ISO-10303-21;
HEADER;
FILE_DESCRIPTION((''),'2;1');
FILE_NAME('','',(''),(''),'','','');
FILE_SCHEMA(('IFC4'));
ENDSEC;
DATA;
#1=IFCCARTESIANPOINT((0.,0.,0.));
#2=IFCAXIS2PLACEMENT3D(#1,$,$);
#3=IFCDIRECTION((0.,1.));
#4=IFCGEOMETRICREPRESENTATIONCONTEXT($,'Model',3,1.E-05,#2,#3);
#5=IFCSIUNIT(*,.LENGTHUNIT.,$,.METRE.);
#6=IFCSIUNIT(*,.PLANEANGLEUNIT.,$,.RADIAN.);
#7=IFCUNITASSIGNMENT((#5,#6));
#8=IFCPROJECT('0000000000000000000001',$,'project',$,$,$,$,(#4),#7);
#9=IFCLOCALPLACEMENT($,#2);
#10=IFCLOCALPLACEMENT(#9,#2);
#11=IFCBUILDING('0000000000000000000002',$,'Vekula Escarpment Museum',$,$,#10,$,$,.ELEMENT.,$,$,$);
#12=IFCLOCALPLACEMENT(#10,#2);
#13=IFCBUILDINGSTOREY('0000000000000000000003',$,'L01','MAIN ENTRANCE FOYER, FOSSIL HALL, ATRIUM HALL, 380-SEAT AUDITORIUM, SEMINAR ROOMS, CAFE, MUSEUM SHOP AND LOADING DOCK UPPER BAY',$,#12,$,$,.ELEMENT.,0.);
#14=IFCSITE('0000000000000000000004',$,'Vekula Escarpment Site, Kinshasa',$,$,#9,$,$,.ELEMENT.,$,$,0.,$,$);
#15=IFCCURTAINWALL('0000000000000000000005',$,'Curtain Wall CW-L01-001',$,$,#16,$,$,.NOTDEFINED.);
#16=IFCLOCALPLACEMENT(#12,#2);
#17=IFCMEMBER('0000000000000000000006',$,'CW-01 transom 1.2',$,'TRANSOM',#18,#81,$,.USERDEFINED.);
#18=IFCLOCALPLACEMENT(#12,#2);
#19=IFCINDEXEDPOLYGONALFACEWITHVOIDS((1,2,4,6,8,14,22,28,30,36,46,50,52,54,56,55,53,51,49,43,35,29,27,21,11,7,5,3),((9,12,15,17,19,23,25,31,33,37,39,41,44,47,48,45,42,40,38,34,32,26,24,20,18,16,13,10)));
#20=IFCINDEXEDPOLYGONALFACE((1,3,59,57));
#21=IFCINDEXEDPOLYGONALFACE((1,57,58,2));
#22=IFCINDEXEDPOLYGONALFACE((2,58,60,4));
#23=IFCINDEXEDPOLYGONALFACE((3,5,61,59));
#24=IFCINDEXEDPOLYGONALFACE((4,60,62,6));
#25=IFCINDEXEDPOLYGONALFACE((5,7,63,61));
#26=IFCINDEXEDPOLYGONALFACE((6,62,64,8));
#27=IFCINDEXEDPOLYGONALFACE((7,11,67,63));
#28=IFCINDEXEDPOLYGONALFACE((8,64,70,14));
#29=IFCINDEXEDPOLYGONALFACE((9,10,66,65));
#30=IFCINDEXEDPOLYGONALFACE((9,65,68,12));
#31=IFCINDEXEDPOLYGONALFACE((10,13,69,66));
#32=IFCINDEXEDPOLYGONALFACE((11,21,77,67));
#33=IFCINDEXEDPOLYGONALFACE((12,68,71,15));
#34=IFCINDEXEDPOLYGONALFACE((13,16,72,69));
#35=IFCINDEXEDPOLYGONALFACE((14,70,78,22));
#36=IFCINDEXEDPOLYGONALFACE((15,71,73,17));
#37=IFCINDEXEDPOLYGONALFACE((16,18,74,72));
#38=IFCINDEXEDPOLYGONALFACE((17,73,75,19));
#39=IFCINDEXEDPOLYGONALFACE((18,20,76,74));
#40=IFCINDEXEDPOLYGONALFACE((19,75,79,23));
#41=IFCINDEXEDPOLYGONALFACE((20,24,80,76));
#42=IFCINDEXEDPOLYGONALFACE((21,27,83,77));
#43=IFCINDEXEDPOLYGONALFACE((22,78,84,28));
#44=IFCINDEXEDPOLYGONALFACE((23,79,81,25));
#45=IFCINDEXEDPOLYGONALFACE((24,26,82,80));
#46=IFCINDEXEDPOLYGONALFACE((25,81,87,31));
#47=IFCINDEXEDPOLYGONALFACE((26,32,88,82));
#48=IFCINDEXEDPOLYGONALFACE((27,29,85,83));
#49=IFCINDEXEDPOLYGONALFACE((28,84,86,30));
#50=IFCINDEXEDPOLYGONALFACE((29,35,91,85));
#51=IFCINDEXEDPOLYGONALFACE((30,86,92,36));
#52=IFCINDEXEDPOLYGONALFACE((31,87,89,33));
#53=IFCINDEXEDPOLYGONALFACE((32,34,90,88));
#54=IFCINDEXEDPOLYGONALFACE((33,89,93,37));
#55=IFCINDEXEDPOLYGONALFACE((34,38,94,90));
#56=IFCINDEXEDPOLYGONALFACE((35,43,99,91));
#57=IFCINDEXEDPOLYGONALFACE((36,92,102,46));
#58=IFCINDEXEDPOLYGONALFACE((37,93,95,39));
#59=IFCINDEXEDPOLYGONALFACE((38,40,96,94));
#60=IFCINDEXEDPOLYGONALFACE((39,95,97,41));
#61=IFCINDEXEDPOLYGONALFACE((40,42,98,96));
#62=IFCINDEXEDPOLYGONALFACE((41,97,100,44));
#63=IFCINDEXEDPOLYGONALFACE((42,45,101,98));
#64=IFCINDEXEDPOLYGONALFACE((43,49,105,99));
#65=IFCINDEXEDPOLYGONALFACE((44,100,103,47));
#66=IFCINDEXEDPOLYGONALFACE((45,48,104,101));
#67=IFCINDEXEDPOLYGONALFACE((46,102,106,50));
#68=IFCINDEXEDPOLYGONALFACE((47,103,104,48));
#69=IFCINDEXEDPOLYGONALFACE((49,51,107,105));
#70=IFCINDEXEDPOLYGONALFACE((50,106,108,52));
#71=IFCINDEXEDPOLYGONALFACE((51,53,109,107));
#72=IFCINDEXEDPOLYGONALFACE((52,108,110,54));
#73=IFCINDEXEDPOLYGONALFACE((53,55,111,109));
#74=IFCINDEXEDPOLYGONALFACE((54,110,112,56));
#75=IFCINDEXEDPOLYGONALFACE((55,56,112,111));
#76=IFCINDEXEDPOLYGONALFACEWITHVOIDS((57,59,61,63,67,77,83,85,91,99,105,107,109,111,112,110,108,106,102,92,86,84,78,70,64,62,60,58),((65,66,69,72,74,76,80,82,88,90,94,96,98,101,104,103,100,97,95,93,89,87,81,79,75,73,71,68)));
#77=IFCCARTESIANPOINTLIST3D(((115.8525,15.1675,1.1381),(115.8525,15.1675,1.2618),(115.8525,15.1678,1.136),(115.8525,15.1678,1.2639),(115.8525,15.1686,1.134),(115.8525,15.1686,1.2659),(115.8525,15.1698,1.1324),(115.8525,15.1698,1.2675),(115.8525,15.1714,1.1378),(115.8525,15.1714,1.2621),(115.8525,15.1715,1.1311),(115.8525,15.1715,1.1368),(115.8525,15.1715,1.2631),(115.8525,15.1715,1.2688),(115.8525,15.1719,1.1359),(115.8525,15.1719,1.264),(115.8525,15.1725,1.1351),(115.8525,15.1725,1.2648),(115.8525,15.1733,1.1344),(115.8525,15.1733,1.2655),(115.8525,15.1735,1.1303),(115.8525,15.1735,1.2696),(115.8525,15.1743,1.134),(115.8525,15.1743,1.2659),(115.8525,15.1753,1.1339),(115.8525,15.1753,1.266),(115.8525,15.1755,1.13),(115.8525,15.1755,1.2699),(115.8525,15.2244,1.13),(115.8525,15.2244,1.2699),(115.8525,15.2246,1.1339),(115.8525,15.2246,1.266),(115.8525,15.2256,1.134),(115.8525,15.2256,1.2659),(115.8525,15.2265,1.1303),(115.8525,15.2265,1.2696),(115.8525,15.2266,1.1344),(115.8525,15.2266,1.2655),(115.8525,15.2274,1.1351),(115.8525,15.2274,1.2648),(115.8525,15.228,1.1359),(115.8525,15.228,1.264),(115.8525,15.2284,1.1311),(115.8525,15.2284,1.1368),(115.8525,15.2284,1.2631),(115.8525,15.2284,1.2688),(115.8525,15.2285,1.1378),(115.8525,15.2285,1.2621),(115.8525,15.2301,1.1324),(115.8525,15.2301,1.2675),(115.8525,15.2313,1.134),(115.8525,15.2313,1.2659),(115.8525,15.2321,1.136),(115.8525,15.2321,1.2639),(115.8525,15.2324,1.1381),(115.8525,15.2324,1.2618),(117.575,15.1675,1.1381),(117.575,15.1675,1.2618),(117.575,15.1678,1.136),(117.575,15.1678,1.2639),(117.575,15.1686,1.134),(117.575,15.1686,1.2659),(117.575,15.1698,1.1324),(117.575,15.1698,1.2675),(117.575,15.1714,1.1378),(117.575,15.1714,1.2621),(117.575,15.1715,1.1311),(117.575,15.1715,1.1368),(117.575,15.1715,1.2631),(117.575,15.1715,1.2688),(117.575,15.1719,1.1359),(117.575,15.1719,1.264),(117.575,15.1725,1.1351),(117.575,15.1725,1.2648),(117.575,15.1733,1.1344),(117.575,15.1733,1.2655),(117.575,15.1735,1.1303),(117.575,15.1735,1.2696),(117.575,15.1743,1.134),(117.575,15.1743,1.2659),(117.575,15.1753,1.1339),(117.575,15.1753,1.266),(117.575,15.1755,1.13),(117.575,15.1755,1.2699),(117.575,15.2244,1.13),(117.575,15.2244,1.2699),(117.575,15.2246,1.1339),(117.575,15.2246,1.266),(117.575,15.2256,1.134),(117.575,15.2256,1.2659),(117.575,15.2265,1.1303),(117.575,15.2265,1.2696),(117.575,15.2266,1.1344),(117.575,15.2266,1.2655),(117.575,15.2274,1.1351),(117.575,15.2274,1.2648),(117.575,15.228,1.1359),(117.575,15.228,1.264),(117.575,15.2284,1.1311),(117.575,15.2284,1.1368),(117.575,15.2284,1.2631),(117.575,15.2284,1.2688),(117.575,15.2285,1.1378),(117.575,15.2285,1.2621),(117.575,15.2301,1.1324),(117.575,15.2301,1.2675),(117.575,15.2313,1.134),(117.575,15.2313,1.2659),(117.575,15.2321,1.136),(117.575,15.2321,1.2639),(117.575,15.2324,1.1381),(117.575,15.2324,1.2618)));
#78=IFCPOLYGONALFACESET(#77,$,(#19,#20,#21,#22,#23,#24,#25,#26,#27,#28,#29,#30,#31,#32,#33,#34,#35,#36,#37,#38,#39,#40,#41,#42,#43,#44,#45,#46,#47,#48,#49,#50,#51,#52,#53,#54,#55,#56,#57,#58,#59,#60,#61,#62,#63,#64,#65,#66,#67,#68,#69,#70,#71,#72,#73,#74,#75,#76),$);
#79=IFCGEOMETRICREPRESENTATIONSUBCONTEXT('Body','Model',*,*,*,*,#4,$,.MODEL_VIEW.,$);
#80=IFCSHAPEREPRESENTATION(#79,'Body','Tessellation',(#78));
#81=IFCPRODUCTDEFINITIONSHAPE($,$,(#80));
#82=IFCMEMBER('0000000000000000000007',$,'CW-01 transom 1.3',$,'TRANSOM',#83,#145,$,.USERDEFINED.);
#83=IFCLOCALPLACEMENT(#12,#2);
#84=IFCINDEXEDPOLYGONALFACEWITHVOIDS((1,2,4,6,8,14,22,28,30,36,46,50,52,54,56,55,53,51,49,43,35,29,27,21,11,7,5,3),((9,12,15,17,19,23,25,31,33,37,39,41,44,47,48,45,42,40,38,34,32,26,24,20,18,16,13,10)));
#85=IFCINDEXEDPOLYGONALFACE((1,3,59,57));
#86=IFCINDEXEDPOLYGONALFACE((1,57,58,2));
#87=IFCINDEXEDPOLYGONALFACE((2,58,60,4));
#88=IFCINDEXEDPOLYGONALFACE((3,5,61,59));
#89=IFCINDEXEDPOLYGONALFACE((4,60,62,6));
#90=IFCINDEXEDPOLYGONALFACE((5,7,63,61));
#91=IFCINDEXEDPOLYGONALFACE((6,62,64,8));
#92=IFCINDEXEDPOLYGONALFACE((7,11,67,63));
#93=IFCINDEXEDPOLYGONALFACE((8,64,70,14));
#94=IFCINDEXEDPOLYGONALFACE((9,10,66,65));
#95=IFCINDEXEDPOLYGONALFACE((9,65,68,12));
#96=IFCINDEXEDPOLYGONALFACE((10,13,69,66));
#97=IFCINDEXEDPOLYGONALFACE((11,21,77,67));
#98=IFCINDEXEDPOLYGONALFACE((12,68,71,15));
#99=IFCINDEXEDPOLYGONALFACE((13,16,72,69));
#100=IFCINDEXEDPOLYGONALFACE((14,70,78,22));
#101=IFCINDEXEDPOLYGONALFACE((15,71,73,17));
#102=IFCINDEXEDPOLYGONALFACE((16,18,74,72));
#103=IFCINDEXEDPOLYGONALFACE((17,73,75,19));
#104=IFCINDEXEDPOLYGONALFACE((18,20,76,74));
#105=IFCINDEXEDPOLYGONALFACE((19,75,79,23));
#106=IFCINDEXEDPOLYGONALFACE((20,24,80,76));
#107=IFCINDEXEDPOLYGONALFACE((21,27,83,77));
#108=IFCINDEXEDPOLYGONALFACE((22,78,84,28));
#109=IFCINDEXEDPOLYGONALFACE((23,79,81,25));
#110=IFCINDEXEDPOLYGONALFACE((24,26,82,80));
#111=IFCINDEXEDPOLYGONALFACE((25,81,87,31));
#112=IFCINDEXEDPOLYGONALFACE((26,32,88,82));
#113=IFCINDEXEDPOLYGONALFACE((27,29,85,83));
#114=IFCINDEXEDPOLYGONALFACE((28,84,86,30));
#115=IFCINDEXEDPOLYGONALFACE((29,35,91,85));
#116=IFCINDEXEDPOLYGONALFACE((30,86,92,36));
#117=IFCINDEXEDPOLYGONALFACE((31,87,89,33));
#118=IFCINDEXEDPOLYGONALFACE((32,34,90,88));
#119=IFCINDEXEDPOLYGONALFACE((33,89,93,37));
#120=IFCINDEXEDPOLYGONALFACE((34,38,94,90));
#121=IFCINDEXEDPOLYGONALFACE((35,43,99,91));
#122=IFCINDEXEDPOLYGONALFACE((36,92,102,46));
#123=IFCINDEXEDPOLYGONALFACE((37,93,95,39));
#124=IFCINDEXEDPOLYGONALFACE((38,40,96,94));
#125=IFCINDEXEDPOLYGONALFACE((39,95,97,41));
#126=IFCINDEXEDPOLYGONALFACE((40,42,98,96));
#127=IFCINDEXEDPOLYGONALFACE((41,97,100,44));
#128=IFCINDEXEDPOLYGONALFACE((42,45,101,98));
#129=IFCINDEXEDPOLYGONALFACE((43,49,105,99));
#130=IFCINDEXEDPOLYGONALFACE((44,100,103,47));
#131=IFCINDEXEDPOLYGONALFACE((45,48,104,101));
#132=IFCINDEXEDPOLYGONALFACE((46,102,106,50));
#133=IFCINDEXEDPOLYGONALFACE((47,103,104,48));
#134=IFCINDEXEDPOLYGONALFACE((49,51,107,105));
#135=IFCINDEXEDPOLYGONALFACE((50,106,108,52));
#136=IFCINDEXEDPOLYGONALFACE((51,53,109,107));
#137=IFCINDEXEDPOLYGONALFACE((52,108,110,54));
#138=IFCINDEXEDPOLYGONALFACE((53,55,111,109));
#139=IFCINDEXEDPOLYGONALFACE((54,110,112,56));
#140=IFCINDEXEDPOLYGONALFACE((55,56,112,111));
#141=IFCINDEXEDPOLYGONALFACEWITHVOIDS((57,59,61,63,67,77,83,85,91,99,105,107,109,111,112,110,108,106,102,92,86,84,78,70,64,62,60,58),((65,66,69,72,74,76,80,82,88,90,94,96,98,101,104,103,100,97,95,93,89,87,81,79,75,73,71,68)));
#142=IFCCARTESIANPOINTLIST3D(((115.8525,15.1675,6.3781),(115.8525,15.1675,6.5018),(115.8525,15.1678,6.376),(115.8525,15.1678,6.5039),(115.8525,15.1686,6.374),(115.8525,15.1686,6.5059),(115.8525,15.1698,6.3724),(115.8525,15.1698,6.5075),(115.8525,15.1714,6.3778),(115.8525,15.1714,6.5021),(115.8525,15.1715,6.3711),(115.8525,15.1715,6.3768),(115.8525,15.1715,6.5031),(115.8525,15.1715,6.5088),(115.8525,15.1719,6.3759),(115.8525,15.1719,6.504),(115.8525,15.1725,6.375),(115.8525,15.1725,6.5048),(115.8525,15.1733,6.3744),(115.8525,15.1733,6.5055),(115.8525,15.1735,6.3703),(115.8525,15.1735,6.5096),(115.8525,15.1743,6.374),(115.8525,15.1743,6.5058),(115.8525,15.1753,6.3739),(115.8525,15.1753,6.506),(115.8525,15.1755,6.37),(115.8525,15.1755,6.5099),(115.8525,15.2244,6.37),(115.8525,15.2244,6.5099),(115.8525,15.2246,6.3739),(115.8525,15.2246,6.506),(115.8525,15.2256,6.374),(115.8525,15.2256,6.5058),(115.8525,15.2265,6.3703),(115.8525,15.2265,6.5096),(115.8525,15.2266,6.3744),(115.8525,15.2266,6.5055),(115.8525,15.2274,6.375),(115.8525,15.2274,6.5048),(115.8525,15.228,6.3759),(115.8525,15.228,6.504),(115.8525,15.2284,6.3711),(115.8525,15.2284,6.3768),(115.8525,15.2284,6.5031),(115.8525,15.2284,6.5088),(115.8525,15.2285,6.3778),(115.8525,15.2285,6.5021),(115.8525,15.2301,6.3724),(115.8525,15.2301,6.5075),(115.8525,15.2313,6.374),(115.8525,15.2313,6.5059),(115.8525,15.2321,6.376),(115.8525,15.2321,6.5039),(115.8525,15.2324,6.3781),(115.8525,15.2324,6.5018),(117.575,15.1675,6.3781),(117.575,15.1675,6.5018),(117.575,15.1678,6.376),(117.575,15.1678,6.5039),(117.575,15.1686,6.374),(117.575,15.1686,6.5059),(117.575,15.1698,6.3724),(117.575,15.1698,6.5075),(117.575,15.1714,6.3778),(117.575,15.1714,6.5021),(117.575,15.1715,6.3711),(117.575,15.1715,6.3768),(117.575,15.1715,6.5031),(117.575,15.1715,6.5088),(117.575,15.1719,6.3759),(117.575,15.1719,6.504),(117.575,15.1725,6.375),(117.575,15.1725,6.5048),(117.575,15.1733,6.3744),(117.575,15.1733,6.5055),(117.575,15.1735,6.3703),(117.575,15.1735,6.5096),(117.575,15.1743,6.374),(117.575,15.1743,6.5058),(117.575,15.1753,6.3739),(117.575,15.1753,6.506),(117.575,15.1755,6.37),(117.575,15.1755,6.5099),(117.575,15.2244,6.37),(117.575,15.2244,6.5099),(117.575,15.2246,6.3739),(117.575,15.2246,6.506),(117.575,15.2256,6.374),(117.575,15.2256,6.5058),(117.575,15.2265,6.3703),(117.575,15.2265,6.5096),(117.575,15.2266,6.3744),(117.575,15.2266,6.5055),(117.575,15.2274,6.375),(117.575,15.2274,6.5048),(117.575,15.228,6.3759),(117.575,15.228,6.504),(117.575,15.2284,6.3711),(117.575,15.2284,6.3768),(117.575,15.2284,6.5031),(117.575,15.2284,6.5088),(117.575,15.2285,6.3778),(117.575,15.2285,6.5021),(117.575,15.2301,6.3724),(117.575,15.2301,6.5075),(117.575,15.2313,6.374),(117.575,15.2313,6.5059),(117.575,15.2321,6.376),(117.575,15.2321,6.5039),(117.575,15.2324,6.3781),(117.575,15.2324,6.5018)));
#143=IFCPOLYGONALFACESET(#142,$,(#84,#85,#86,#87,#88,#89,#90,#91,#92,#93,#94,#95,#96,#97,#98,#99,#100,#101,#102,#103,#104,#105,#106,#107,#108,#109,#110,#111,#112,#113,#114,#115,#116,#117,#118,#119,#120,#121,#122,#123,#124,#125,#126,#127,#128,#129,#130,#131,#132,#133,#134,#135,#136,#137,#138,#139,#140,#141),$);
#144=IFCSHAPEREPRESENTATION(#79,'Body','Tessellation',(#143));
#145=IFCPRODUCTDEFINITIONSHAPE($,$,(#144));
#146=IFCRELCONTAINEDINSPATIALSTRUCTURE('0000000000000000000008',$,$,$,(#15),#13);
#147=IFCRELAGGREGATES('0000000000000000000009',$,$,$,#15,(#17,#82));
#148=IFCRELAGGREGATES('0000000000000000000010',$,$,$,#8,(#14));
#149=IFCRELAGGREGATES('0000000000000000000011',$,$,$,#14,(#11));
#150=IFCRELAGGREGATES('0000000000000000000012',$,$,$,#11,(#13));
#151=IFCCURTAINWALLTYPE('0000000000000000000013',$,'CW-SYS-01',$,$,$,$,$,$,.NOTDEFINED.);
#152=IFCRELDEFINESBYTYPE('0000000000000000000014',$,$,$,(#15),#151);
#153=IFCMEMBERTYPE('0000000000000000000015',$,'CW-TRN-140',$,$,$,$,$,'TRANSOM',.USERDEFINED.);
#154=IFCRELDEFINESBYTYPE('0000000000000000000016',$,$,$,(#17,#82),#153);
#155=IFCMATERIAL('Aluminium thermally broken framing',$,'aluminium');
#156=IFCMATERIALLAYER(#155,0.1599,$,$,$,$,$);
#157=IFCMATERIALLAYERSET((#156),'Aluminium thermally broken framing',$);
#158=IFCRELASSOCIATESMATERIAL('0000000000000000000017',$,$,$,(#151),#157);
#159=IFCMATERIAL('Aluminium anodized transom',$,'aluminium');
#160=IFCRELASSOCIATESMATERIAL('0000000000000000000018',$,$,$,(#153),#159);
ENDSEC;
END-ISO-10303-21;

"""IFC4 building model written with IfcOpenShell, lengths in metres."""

from ifc_helpers import new_model, si_unit, direction, frame, origin, origin_2d, place, context, subcontext, project, spatial, hollow_rectangle, extrude, material, layer, layer_set, material_profile, profile_set, type_object, element, aggregate, save


model = new_model("IFC4")

# Units and contexts
model_context = context("Model", 3, precision=1e-05, world=origin(), true_north=direction((0.0, 1.0)))
body_context = subcontext(model_context, "Body", "Model", "MODEL_VIEW")
ifc_project = project(units=[si_unit("LENGTHUNIT", "METRE"), si_unit("PLANEANGLEUNIT", "RADIAN")], contexts=[model_context])

# Site, building, storey
site_placement = place(None, origin())
site = spatial("IfcSite", under=ifc_project, at=site_placement, Name="Vekula Escarpment Site, Kinshasa", CompositionType="ELEMENT", RefElevation=0.0)
building_placement = place(site_placement, origin())
building = spatial("IfcBuilding", under=site, at=building_placement, Name="Vekula Escarpment Museum", CompositionType="ELEMENT")
storey_placement = place(building_placement, origin())
storey = spatial("IfcBuildingStorey", under=building, at=storey_placement, Name="L01", Description="MAIN ENTRANCE FOYER, FOSSIL HALL, ATRIUM HALL, 380-SEAT AUDITORIUM, SEMINAR ROOMS, CAFE, MUSEUM SHOP AND LOADING DOCK UPPER BAY", CompositionType="ELEMENT", Elevation=0.0)

# Curtain wall, members
ifc_material_1 = material(Name="Aluminium thermally broken framing", Category="aluminium")
ifc_layer_1 = layer(ifc_material_1, 0.1599)
ifc_layer_set_1 = layer_set([ifc_layer_1], Name="Aluminium thermally broken framing")
curtain_wall_type = type_object("IfcCurtainWallType", Name="CW-SYS-01", PredefinedType="NOTDEFINED", material=ifc_layer_set_1)
curtain_wall_placement = place(storey_placement, origin())
curtain_wall = element("IfcCurtainWall", 1, at=curtain_wall_placement, inside=storey, type_object=curtain_wall_type, Name="Curtain Wall CW-L01-001", PredefinedType="NOTDEFINED")
ifc_material_2 = material(Name="Aluminium anodized transom", Category="aluminium")
ifc_material_profile_1 = material_profile(ifc_material_2, hollow_rectangle(XDim=0.0649, YDim=0.1399, WallThickness=0.0039, InnerFilletRadius=0.0039, OuterFilletRadius=0.0081, at=origin_2d()), Name="ALU 140x65x4")
ifc_profile_set_1 = profile_set([ifc_material_profile_1], Name="Aluminium anodized transom")
member_type_1 = type_object("IfcMemberType", Name="CW-TRN-140", ElementType="TRANSOM", PredefinedType="USERDEFINED", material=ifc_profile_set_1)
member_1_placement = place(storey_placement, frame((117.575, 15.2, 1.2), z_axis=(-1.0, 0.0, 0.0), x_axis=(0.0, -1.0, 0.0)))
member_1 = element("IfcMember", 2, at=member_1_placement, type_object=member_type_1, Name="CW-01 transom 1.2", ObjectType="TRANSOM", PredefinedType="USERDEFINED", context=body_context, shape_type="SweptSolid", body=[
    extrude(hollow_rectangle(XDim=0.0649, YDim=0.1399, WallThickness=0.0039, InnerFilletRadius=0.0039, OuterFilletRadius=0.0081, at=origin_2d()), origin(), (0.0, 0.0, 1.0), 1.7224),
])
member_2_placement = place(storey_placement, frame((117.575, 15.2, 6.4399), z_axis=(-1.0, 0.0, 0.0), x_axis=(0.0, -1.0, 0.0)))
member_2 = element("IfcMember", 3, at=member_2_placement, type_object=member_type_1, Name="CW-01 transom 1.3", ObjectType="TRANSOM", PredefinedType="USERDEFINED", context=body_context, shape_type="SweptSolid", body=[
    extrude(hollow_rectangle(XDim=0.0649, YDim=0.1399, WallThickness=0.0039, InnerFilletRadius=0.0039, OuterFilletRadius=0.0081, at=origin_2d()), origin(), (0.0, 0.0, 1.0), 1.7224),
])
aggregate(curtain_wall, [member_1, member_2])

save(model, "model.ifc")
